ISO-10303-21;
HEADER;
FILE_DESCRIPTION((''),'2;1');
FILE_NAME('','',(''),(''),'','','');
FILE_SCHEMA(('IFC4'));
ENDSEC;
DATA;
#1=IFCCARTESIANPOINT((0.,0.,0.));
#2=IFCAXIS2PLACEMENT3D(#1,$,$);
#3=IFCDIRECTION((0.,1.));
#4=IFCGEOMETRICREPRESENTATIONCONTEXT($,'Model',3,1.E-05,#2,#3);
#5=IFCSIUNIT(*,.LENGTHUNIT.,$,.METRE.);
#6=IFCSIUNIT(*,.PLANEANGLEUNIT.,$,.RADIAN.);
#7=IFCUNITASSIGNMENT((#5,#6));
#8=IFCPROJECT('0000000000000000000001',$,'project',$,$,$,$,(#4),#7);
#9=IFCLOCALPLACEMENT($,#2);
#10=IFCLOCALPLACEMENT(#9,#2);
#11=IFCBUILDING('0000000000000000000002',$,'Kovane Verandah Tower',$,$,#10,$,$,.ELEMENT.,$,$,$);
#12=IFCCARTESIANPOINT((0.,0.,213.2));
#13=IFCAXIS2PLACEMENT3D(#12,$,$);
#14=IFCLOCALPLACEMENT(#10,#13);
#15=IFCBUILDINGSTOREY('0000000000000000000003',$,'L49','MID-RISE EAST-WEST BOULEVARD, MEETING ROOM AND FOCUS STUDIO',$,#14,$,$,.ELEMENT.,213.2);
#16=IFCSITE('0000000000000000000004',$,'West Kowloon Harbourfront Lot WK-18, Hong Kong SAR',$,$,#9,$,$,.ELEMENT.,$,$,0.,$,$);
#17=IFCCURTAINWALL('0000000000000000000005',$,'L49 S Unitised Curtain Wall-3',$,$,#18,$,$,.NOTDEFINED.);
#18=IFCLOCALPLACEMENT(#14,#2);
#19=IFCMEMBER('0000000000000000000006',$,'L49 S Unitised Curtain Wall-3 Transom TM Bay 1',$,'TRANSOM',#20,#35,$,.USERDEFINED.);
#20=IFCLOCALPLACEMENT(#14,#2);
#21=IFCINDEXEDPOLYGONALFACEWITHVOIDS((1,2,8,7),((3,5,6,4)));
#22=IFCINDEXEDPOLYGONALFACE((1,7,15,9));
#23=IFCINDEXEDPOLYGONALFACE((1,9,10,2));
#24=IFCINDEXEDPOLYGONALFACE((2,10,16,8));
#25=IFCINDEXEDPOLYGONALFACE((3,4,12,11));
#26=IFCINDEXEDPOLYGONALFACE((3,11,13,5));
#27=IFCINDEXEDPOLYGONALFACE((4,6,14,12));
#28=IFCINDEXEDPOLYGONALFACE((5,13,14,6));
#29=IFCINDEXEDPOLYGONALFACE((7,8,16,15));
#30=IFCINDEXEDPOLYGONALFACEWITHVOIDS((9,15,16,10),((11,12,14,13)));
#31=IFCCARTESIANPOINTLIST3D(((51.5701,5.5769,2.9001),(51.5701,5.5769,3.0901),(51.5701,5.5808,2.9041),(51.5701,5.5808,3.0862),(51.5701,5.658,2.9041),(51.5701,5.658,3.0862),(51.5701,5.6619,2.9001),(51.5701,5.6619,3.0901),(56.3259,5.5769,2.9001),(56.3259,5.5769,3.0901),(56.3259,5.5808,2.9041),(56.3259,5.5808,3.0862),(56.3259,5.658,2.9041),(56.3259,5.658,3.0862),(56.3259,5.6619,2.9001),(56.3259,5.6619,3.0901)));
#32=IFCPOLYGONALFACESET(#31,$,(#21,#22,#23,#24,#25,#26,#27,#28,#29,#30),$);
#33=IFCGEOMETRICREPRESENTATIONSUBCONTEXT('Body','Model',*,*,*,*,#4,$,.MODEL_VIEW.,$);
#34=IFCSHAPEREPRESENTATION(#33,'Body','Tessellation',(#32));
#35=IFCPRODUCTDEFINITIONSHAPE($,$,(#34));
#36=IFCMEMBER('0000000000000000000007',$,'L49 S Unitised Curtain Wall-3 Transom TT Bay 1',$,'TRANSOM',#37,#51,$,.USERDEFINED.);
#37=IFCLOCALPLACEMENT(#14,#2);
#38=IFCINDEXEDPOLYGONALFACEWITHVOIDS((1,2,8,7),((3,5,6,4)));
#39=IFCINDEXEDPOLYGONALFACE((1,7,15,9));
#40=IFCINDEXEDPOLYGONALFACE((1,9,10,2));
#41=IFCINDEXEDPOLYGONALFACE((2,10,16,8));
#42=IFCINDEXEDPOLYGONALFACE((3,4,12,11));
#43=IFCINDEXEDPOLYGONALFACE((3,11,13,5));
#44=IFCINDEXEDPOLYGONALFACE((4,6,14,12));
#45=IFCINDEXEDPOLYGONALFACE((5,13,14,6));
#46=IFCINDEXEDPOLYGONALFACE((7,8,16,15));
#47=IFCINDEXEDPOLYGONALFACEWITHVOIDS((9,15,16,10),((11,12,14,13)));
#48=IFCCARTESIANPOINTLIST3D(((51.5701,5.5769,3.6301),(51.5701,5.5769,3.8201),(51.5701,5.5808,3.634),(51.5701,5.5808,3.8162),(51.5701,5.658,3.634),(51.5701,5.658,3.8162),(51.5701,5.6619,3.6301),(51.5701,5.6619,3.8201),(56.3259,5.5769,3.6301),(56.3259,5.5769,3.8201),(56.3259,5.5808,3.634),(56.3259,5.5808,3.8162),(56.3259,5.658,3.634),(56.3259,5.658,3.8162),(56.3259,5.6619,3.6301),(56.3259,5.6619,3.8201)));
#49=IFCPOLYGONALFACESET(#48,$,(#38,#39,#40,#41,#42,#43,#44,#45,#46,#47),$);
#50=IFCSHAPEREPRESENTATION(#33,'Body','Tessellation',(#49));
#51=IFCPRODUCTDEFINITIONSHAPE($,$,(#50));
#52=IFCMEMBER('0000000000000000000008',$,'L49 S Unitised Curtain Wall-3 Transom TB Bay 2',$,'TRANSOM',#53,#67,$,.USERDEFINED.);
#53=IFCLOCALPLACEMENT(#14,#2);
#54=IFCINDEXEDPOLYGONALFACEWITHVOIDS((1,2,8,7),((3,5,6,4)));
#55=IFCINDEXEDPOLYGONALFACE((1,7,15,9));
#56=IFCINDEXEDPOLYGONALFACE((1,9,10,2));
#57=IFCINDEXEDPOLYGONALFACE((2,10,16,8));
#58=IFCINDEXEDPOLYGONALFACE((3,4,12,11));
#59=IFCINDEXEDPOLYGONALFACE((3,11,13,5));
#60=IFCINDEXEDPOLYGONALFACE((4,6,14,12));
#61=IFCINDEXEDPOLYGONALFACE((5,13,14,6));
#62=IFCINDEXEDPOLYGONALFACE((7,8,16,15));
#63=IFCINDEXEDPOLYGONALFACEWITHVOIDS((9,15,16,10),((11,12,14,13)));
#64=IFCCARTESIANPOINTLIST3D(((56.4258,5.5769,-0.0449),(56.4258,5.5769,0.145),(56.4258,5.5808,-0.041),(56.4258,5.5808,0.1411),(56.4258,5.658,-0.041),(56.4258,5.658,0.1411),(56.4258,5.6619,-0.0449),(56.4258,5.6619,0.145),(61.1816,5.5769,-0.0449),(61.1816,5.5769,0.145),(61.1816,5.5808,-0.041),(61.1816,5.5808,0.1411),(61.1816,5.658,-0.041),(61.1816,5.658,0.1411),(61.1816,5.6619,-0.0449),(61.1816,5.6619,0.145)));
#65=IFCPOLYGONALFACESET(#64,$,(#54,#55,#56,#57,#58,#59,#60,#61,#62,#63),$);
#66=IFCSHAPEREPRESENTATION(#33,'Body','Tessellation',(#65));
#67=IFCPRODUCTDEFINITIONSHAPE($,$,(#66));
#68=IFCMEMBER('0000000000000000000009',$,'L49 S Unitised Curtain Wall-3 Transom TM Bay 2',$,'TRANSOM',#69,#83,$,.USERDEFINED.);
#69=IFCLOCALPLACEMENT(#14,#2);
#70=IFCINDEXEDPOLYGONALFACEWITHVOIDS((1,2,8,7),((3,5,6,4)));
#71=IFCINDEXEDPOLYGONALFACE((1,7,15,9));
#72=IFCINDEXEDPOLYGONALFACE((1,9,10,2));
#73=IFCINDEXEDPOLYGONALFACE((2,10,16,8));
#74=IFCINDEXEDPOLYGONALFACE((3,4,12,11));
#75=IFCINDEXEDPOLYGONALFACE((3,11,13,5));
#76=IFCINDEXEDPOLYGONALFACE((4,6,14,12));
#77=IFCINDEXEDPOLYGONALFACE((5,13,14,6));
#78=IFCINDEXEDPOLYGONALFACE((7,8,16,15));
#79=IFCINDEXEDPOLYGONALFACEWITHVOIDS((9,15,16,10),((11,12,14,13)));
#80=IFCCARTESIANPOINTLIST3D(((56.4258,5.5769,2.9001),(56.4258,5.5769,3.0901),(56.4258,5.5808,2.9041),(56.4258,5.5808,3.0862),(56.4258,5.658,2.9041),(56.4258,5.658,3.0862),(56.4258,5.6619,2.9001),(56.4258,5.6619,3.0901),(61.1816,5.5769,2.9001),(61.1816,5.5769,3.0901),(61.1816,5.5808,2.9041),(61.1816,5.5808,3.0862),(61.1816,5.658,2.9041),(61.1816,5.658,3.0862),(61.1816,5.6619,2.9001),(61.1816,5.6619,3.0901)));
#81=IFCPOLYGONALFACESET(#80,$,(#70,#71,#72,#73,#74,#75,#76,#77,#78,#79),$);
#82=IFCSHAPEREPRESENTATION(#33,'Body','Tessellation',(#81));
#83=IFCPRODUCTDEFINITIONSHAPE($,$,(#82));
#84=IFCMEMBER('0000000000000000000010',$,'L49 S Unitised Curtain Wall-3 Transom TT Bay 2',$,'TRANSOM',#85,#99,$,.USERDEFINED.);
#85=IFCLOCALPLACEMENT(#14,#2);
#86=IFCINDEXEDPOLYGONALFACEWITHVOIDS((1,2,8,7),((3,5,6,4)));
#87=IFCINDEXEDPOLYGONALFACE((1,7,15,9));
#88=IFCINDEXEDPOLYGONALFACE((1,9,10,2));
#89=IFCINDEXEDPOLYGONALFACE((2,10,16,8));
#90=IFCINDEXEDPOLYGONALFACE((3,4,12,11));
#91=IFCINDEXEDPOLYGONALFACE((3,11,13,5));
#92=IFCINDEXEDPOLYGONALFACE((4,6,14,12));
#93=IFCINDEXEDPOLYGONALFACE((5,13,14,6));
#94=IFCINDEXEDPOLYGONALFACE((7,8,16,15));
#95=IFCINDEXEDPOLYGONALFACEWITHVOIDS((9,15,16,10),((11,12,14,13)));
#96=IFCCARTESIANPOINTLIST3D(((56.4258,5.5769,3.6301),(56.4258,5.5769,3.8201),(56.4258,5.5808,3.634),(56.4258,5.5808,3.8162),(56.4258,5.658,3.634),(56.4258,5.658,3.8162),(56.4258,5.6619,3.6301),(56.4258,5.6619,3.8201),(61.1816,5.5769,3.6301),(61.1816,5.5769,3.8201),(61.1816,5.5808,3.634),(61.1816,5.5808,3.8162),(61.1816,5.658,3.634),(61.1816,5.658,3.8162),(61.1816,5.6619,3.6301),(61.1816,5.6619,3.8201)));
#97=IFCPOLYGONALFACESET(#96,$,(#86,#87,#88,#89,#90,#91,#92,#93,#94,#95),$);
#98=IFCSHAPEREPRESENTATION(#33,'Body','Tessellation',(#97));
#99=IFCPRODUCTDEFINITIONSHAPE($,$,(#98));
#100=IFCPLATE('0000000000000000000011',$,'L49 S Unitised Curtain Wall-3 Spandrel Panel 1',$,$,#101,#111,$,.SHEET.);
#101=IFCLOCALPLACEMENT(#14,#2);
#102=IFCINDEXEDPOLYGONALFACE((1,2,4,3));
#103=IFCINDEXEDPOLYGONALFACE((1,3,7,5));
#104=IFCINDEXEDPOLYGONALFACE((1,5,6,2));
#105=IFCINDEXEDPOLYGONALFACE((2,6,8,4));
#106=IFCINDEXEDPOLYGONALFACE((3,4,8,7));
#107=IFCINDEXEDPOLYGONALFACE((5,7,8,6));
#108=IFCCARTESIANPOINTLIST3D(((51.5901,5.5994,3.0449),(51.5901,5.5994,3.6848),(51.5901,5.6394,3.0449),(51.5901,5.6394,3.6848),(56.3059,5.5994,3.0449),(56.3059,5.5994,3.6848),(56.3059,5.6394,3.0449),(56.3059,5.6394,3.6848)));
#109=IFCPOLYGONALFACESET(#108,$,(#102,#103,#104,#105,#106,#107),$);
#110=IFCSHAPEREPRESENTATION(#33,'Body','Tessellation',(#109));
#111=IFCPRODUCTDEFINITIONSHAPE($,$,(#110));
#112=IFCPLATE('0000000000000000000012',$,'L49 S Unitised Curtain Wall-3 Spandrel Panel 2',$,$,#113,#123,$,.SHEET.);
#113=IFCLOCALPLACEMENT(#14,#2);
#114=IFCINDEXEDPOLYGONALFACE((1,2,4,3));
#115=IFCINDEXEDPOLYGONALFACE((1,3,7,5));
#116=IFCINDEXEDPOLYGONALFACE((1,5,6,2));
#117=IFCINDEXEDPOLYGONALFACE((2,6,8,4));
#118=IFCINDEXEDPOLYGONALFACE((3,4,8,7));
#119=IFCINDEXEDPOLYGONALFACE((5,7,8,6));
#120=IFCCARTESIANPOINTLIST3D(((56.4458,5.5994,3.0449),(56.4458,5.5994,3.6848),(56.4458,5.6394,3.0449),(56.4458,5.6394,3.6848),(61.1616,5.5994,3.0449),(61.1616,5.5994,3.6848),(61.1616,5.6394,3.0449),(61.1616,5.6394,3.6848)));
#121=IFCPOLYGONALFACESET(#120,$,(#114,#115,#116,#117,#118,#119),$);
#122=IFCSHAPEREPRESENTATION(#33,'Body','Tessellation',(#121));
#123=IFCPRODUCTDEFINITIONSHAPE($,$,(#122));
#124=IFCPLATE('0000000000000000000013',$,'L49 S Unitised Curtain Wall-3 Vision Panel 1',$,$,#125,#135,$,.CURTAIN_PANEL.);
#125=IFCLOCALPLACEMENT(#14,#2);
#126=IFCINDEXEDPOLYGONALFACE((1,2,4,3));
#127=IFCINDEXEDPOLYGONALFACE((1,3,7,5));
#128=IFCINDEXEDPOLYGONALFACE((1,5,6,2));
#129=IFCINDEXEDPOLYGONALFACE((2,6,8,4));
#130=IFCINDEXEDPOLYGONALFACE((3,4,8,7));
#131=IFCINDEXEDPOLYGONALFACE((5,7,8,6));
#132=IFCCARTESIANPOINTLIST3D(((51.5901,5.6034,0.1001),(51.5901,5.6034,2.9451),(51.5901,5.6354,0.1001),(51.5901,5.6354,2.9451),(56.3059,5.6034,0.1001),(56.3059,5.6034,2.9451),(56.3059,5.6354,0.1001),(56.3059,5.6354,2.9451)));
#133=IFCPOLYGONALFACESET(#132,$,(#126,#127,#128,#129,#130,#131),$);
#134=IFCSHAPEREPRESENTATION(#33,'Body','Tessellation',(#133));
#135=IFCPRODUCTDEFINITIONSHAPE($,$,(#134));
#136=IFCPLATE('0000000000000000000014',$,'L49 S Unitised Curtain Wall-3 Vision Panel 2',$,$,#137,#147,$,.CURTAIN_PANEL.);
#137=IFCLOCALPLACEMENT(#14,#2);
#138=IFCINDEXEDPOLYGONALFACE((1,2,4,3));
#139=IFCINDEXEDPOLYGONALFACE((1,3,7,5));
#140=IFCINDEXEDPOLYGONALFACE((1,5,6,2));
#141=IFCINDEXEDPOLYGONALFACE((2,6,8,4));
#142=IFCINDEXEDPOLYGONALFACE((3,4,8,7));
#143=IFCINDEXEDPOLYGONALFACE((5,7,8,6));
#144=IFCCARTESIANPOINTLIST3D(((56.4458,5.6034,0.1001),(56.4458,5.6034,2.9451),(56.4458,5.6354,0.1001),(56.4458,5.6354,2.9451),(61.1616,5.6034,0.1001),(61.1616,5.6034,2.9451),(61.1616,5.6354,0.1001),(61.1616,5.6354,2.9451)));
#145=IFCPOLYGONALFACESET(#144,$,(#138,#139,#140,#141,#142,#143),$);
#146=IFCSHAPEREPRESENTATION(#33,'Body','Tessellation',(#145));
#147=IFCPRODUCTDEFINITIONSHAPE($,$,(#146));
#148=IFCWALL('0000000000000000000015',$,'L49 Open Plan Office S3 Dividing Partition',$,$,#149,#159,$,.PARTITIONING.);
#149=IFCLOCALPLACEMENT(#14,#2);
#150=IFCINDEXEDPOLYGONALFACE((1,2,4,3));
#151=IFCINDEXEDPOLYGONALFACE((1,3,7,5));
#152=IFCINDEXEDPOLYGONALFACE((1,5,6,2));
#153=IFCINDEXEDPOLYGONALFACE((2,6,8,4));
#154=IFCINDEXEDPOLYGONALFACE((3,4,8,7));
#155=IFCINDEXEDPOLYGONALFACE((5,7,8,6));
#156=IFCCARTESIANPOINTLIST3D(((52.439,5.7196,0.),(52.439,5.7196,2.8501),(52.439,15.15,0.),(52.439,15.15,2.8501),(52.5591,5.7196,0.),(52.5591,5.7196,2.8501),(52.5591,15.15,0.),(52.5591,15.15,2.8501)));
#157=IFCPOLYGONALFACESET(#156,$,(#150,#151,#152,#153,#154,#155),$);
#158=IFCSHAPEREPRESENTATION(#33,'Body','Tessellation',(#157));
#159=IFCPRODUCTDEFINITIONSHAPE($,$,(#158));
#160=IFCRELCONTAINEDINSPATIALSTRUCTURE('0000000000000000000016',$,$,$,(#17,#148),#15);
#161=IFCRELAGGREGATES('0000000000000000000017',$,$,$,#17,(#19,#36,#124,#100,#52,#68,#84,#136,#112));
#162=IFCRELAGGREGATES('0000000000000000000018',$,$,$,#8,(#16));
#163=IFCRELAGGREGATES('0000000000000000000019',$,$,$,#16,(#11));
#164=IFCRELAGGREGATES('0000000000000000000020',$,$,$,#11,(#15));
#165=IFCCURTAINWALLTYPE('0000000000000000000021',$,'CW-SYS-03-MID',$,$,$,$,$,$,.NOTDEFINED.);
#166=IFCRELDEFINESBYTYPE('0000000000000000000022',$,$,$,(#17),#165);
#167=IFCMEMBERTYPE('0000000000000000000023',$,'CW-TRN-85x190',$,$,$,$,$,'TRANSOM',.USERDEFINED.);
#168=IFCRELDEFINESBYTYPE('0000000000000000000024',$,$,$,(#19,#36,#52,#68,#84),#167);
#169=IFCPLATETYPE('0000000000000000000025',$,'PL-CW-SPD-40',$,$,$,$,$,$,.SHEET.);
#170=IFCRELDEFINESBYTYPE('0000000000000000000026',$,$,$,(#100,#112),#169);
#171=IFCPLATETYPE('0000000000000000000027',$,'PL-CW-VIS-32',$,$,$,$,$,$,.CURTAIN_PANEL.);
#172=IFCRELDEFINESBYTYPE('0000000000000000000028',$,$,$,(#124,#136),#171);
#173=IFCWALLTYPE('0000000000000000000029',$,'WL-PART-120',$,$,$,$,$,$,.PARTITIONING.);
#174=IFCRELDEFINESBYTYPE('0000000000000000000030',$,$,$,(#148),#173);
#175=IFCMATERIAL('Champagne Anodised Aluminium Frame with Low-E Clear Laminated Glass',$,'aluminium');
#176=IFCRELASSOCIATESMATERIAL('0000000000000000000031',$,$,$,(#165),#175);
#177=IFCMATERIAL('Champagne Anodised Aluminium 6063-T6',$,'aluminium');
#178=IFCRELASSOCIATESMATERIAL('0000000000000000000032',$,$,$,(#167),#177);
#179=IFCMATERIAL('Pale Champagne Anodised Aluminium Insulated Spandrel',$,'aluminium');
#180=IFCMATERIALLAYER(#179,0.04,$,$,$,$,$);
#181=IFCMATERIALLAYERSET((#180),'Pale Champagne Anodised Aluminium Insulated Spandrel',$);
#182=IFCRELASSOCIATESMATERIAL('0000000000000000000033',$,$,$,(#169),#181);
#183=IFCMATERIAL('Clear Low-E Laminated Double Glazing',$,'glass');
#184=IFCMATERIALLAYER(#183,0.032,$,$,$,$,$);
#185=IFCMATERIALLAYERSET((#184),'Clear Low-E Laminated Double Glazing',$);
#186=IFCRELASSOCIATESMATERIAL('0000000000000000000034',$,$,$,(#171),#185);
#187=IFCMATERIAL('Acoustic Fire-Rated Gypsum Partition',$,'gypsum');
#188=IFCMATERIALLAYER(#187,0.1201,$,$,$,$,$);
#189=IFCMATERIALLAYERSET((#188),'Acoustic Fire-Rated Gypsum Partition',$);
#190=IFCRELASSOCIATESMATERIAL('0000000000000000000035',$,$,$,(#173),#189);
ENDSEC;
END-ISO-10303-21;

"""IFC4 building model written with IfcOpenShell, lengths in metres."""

from ifc_helpers import new_model, si_unit, direction, frame, frame_2d, origin, origin_2d, place, context, subcontext, project, spatial, rectangle, hollow_rectangle, extrude, material, layer, layer_set, material_profile, profile_set, type_object, element, aggregate, save


model = new_model("IFC4")

# Units and contexts
model_context = context("Model", 3, precision=1e-05, world=origin(), true_north=direction((0.0, 1.0)))
body_context = subcontext(model_context, "Body", "Model", "MODEL_VIEW")
ifc_project = project(units=[si_unit("LENGTHUNIT", "METRE"), si_unit("PLANEANGLEUNIT", "RADIAN")], contexts=[model_context])

# Site, building, storey
site_placement = place(None, origin())
site = spatial("IfcSite", under=ifc_project, at=site_placement, Name="West Kowloon Harbourfront Lot WK-18, Hong Kong SAR", CompositionType="ELEMENT", RefElevation=0.0)
building_placement = place(site_placement, origin())
building = spatial("IfcBuilding", under=site, at=building_placement, Name="Kovane Verandah Tower", CompositionType="ELEMENT")
storey_placement = place(building_placement, frame((0.0, 0.0, 213.2)))
storey = spatial("IfcBuildingStorey", under=building, at=storey_placement, Name="L49", Description="MID-RISE EAST-WEST BOULEVARD, MEETING ROOM AND FOCUS STUDIO", CompositionType="ELEMENT", Elevation=213.2)

# Shared definitions
ifc_material_1 = material(Name="Champagne Anodised Aluminium Frame with Low-E Clear Laminated Glass", Category="aluminium")
curtain_wall_type = type_object("IfcCurtainWallType", Name="CW-SYS-03-MID", PredefinedType="NOTDEFINED", material=ifc_material_1)
ifc_material_2 = material(Name="Champagne Anodised Aluminium 6063-T6", Category="aluminium")

# Curtain wall, members, plates
curtain_wall_1_placement = place(storey_placement, origin())
curtain_wall_1 = element("IfcCurtainWall", 1, at=curtain_wall_1_placement, inside=storey, type_object=curtain_wall_type, Name="L49 S Unitised Curtain Wall-3", PredefinedType="NOTDEFINED")
ifc_material_profile_1 = material_profile(ifc_material_2, hollow_rectangle(XDim=0.085, YDim=0.1899, WallThickness=0.0039, at=origin_2d()), Name="AL85x190x4")
ifc_profile_set_1 = profile_set([ifc_material_profile_1], Name="Champagne Anodised Aluminium 6063-T6")
member_type_1 = type_object("IfcMemberType", Name="CW-TRN-85x190", ElementType="TRANSOM", PredefinedType="USERDEFINED", material=ifc_profile_set_1)
member_1_placement = place(storey_placement, frame((51.5701, 5.6194, 2.9951), z_axis=(1.0, 0.0, 0.0), x_axis=(0.0, 1.0, 0.0)))
member_1 = element("IfcMember", 2, at=member_1_placement, type_object=member_type_1, Name="L49 S Unitised Curtain Wall-3 Transom TM Bay 1", ObjectType="TRANSOM", PredefinedType="USERDEFINED", context=body_context, shape_type="SweptSolid", body=[
    extrude(hollow_rectangle(XDim=0.085, YDim=0.1899, WallThickness=0.0039, at=origin_2d()), origin(), (0.0, 0.0, 1.0), 4.7559),
])
member_2_placement = place(storey_placement, frame((51.5701, 5.6194, 3.7251), z_axis=(1.0, 0.0, 0.0), x_axis=(0.0, 1.0, 0.0)))
member_2 = element("IfcMember", 3, at=member_2_placement, type_object=member_type_1, Name="L49 S Unitised Curtain Wall-3 Transom TT Bay 1", ObjectType="TRANSOM", PredefinedType="USERDEFINED", context=body_context, shape_type="SweptSolid", body=[
    extrude(hollow_rectangle(XDim=0.085, YDim=0.1899, WallThickness=0.0039, at=origin_2d()), origin(), (0.0, 0.0, 1.0), 4.7559),
])
member_3_placement = place(storey_placement, frame((56.4258, 5.6194, 0.05), z_axis=(1.0, 0.0, 0.0), x_axis=(0.0, 1.0, 0.0)))
member_3 = element("IfcMember", 4, at=member_3_placement, type_object=member_type_1, Name="L49 S Unitised Curtain Wall-3 Transom TB Bay 2", ObjectType="TRANSOM", PredefinedType="USERDEFINED", context=body_context, shape_type="SweptSolid", body=[
    extrude(hollow_rectangle(XDim=0.085, YDim=0.1899, WallThickness=0.0039, at=origin_2d()), origin(), (0.0, 0.0, 1.0), 4.7559),
])
member_4_placement = place(storey_placement, frame((56.4258, 5.6194, 2.9951), z_axis=(1.0, 0.0, 0.0), x_axis=(0.0, 1.0, 0.0)))
member_4 = element("IfcMember", 5, at=member_4_placement, type_object=member_type_1, Name="L49 S Unitised Curtain Wall-3 Transom TM Bay 2", ObjectType="TRANSOM", PredefinedType="USERDEFINED", context=body_context, shape_type="SweptSolid", body=[
    extrude(hollow_rectangle(XDim=0.085, YDim=0.1899, WallThickness=0.0039, at=origin_2d()), origin(), (0.0, 0.0, 1.0), 4.7559),
])
member_5_placement = place(storey_placement, frame((56.4258, 5.6194, 3.7251), z_axis=(1.0, 0.0, 0.0), x_axis=(0.0, 1.0, 0.0)))
member_5 = element("IfcMember", 6, at=member_5_placement, type_object=member_type_1, Name="L49 S Unitised Curtain Wall-3 Transom TT Bay 2", ObjectType="TRANSOM", PredefinedType="USERDEFINED", context=body_context, shape_type="SweptSolid", body=[
    extrude(hollow_rectangle(XDim=0.085, YDim=0.1899, WallThickness=0.0039, at=origin_2d()), origin(), (0.0, 0.0, 1.0), 4.7559),
])
ifc_material_3 = material(Name="Pale Champagne Anodised Aluminium Insulated Spandrel", Category="aluminium")
ifc_layer_1 = layer(ifc_material_3, 0.04)
ifc_layer_set_1 = layer_set([ifc_layer_1], Name="Pale Champagne Anodised Aluminium Insulated Spandrel")
plate_type_1 = type_object("IfcPlateType", Name="PL-CW-SPD-40", PredefinedType="SHEET", material=ifc_layer_set_1)
plate_1_placement = place(storey_placement, frame((53.948, 5.6194, 3.0449), z_axis=(0.0, 0.0, 1.0), x_axis=(1.0, 0.0, 0.0)))
plate_1 = element("IfcPlate", 7, at=plate_1_placement, type_object=plate_type_1, Name="L49 S Unitised Curtain Wall-3 Spandrel Panel 1", PredefinedType="SHEET", context=body_context, shape_type="SweptSolid", body=[
    extrude(rectangle(XDim=4.7158, YDim=0.04, at=origin_2d()), origin(), (0.0, 0.0, 1.0), 0.6399),
])
plate_2_placement = place(storey_placement, frame((58.8037, 5.6194, 3.0449), z_axis=(0.0, 0.0, 1.0), x_axis=(1.0, 0.0, 0.0)))
plate_2 = element("IfcPlate", 8, at=plate_2_placement, type_object=plate_type_1, Name="L49 S Unitised Curtain Wall-3 Spandrel Panel 2", PredefinedType="SHEET", context=body_context, shape_type="SweptSolid", body=[
    extrude(rectangle(XDim=4.7158, YDim=0.04, at=origin_2d()), origin(), (0.0, 0.0, 1.0), 0.6399),
])
ifc_material_4 = material(Name="Clear Low-E Laminated Double Glazing", Category="glass")
ifc_layer_2 = layer(ifc_material_4, 0.032)
ifc_layer_set_2 = layer_set([ifc_layer_2], Name="Clear Low-E Laminated Double Glazing")
plate_type_2 = type_object("IfcPlateType", Name="PL-CW-VIS-32", PredefinedType="CURTAIN_PANEL", material=ifc_layer_set_2)
plate_3_placement = place(storey_placement, frame((53.948, 5.6194, 0.1001), z_axis=(0.0, 0.0, 1.0), x_axis=(1.0, 0.0, 0.0)))
plate_3 = element("IfcPlate", 9, at=plate_3_placement, type_object=plate_type_2, Name="L49 S Unitised Curtain Wall-3 Vision Panel 1", PredefinedType="CURTAIN_PANEL", context=body_context, shape_type="SweptSolid", body=[
    extrude(rectangle(XDim=4.7158, YDim=0.032, at=origin_2d()), origin(), (0.0, 0.0, 1.0), 2.845),
])
plate_4_placement = place(storey_placement, frame((58.8037, 5.6194, 0.1001), z_axis=(0.0, 0.0, 1.0), x_axis=(1.0, 0.0, 0.0)))
plate_4 = element("IfcPlate", 10, at=plate_4_placement, type_object=plate_type_2, Name="L49 S Unitised Curtain Wall-3 Vision Panel 2", PredefinedType="CURTAIN_PANEL", context=body_context, shape_type="SweptSolid", body=[
    extrude(rectangle(XDim=4.7158, YDim=0.032, at=origin_2d()), origin(), (0.0, 0.0, 1.0), 2.845),
])
aggregate(curtain_wall_1, [member_1, member_2, plate_3, plate_1, member_3, member_4, member_5, plate_4, plate_2])

# Wall
ifc_material_5 = material(Name="Acoustic Fire-Rated Gypsum Partition", Category="gypsum")
ifc_layer_3 = layer(ifc_material_5, 0.1201)
ifc_layer_set_3 = layer_set([ifc_layer_3], Name="Acoustic Fire-Rated Gypsum Partition")
wall_type_1 = type_object("IfcWallType", Name="WL-PART-120", PredefinedType="PARTITIONING", material=ifc_layer_set_3)
wall_1_placement = place(storey_placement, frame((52.499, 5.7195, 0.0), z_axis=(0.0, 0.0, 1.0), x_axis=(0.0, 1.0, 0.0)))
element("IfcWall", 11, at=wall_1_placement, inside=storey, type_object=wall_type_1, Name="L49 Open Plan Office S3 Dividing Partition", PredefinedType="PARTITIONING", context=body_context, shape_type="SweptSolid", body=[
    extrude(rectangle(XDim=9.4304, YDim=0.1201, at=frame_2d((4.7153, 0.0))), origin(), (0.0, 0.0, 1.0), 2.8501),
])

save(model, "model.ifc")
